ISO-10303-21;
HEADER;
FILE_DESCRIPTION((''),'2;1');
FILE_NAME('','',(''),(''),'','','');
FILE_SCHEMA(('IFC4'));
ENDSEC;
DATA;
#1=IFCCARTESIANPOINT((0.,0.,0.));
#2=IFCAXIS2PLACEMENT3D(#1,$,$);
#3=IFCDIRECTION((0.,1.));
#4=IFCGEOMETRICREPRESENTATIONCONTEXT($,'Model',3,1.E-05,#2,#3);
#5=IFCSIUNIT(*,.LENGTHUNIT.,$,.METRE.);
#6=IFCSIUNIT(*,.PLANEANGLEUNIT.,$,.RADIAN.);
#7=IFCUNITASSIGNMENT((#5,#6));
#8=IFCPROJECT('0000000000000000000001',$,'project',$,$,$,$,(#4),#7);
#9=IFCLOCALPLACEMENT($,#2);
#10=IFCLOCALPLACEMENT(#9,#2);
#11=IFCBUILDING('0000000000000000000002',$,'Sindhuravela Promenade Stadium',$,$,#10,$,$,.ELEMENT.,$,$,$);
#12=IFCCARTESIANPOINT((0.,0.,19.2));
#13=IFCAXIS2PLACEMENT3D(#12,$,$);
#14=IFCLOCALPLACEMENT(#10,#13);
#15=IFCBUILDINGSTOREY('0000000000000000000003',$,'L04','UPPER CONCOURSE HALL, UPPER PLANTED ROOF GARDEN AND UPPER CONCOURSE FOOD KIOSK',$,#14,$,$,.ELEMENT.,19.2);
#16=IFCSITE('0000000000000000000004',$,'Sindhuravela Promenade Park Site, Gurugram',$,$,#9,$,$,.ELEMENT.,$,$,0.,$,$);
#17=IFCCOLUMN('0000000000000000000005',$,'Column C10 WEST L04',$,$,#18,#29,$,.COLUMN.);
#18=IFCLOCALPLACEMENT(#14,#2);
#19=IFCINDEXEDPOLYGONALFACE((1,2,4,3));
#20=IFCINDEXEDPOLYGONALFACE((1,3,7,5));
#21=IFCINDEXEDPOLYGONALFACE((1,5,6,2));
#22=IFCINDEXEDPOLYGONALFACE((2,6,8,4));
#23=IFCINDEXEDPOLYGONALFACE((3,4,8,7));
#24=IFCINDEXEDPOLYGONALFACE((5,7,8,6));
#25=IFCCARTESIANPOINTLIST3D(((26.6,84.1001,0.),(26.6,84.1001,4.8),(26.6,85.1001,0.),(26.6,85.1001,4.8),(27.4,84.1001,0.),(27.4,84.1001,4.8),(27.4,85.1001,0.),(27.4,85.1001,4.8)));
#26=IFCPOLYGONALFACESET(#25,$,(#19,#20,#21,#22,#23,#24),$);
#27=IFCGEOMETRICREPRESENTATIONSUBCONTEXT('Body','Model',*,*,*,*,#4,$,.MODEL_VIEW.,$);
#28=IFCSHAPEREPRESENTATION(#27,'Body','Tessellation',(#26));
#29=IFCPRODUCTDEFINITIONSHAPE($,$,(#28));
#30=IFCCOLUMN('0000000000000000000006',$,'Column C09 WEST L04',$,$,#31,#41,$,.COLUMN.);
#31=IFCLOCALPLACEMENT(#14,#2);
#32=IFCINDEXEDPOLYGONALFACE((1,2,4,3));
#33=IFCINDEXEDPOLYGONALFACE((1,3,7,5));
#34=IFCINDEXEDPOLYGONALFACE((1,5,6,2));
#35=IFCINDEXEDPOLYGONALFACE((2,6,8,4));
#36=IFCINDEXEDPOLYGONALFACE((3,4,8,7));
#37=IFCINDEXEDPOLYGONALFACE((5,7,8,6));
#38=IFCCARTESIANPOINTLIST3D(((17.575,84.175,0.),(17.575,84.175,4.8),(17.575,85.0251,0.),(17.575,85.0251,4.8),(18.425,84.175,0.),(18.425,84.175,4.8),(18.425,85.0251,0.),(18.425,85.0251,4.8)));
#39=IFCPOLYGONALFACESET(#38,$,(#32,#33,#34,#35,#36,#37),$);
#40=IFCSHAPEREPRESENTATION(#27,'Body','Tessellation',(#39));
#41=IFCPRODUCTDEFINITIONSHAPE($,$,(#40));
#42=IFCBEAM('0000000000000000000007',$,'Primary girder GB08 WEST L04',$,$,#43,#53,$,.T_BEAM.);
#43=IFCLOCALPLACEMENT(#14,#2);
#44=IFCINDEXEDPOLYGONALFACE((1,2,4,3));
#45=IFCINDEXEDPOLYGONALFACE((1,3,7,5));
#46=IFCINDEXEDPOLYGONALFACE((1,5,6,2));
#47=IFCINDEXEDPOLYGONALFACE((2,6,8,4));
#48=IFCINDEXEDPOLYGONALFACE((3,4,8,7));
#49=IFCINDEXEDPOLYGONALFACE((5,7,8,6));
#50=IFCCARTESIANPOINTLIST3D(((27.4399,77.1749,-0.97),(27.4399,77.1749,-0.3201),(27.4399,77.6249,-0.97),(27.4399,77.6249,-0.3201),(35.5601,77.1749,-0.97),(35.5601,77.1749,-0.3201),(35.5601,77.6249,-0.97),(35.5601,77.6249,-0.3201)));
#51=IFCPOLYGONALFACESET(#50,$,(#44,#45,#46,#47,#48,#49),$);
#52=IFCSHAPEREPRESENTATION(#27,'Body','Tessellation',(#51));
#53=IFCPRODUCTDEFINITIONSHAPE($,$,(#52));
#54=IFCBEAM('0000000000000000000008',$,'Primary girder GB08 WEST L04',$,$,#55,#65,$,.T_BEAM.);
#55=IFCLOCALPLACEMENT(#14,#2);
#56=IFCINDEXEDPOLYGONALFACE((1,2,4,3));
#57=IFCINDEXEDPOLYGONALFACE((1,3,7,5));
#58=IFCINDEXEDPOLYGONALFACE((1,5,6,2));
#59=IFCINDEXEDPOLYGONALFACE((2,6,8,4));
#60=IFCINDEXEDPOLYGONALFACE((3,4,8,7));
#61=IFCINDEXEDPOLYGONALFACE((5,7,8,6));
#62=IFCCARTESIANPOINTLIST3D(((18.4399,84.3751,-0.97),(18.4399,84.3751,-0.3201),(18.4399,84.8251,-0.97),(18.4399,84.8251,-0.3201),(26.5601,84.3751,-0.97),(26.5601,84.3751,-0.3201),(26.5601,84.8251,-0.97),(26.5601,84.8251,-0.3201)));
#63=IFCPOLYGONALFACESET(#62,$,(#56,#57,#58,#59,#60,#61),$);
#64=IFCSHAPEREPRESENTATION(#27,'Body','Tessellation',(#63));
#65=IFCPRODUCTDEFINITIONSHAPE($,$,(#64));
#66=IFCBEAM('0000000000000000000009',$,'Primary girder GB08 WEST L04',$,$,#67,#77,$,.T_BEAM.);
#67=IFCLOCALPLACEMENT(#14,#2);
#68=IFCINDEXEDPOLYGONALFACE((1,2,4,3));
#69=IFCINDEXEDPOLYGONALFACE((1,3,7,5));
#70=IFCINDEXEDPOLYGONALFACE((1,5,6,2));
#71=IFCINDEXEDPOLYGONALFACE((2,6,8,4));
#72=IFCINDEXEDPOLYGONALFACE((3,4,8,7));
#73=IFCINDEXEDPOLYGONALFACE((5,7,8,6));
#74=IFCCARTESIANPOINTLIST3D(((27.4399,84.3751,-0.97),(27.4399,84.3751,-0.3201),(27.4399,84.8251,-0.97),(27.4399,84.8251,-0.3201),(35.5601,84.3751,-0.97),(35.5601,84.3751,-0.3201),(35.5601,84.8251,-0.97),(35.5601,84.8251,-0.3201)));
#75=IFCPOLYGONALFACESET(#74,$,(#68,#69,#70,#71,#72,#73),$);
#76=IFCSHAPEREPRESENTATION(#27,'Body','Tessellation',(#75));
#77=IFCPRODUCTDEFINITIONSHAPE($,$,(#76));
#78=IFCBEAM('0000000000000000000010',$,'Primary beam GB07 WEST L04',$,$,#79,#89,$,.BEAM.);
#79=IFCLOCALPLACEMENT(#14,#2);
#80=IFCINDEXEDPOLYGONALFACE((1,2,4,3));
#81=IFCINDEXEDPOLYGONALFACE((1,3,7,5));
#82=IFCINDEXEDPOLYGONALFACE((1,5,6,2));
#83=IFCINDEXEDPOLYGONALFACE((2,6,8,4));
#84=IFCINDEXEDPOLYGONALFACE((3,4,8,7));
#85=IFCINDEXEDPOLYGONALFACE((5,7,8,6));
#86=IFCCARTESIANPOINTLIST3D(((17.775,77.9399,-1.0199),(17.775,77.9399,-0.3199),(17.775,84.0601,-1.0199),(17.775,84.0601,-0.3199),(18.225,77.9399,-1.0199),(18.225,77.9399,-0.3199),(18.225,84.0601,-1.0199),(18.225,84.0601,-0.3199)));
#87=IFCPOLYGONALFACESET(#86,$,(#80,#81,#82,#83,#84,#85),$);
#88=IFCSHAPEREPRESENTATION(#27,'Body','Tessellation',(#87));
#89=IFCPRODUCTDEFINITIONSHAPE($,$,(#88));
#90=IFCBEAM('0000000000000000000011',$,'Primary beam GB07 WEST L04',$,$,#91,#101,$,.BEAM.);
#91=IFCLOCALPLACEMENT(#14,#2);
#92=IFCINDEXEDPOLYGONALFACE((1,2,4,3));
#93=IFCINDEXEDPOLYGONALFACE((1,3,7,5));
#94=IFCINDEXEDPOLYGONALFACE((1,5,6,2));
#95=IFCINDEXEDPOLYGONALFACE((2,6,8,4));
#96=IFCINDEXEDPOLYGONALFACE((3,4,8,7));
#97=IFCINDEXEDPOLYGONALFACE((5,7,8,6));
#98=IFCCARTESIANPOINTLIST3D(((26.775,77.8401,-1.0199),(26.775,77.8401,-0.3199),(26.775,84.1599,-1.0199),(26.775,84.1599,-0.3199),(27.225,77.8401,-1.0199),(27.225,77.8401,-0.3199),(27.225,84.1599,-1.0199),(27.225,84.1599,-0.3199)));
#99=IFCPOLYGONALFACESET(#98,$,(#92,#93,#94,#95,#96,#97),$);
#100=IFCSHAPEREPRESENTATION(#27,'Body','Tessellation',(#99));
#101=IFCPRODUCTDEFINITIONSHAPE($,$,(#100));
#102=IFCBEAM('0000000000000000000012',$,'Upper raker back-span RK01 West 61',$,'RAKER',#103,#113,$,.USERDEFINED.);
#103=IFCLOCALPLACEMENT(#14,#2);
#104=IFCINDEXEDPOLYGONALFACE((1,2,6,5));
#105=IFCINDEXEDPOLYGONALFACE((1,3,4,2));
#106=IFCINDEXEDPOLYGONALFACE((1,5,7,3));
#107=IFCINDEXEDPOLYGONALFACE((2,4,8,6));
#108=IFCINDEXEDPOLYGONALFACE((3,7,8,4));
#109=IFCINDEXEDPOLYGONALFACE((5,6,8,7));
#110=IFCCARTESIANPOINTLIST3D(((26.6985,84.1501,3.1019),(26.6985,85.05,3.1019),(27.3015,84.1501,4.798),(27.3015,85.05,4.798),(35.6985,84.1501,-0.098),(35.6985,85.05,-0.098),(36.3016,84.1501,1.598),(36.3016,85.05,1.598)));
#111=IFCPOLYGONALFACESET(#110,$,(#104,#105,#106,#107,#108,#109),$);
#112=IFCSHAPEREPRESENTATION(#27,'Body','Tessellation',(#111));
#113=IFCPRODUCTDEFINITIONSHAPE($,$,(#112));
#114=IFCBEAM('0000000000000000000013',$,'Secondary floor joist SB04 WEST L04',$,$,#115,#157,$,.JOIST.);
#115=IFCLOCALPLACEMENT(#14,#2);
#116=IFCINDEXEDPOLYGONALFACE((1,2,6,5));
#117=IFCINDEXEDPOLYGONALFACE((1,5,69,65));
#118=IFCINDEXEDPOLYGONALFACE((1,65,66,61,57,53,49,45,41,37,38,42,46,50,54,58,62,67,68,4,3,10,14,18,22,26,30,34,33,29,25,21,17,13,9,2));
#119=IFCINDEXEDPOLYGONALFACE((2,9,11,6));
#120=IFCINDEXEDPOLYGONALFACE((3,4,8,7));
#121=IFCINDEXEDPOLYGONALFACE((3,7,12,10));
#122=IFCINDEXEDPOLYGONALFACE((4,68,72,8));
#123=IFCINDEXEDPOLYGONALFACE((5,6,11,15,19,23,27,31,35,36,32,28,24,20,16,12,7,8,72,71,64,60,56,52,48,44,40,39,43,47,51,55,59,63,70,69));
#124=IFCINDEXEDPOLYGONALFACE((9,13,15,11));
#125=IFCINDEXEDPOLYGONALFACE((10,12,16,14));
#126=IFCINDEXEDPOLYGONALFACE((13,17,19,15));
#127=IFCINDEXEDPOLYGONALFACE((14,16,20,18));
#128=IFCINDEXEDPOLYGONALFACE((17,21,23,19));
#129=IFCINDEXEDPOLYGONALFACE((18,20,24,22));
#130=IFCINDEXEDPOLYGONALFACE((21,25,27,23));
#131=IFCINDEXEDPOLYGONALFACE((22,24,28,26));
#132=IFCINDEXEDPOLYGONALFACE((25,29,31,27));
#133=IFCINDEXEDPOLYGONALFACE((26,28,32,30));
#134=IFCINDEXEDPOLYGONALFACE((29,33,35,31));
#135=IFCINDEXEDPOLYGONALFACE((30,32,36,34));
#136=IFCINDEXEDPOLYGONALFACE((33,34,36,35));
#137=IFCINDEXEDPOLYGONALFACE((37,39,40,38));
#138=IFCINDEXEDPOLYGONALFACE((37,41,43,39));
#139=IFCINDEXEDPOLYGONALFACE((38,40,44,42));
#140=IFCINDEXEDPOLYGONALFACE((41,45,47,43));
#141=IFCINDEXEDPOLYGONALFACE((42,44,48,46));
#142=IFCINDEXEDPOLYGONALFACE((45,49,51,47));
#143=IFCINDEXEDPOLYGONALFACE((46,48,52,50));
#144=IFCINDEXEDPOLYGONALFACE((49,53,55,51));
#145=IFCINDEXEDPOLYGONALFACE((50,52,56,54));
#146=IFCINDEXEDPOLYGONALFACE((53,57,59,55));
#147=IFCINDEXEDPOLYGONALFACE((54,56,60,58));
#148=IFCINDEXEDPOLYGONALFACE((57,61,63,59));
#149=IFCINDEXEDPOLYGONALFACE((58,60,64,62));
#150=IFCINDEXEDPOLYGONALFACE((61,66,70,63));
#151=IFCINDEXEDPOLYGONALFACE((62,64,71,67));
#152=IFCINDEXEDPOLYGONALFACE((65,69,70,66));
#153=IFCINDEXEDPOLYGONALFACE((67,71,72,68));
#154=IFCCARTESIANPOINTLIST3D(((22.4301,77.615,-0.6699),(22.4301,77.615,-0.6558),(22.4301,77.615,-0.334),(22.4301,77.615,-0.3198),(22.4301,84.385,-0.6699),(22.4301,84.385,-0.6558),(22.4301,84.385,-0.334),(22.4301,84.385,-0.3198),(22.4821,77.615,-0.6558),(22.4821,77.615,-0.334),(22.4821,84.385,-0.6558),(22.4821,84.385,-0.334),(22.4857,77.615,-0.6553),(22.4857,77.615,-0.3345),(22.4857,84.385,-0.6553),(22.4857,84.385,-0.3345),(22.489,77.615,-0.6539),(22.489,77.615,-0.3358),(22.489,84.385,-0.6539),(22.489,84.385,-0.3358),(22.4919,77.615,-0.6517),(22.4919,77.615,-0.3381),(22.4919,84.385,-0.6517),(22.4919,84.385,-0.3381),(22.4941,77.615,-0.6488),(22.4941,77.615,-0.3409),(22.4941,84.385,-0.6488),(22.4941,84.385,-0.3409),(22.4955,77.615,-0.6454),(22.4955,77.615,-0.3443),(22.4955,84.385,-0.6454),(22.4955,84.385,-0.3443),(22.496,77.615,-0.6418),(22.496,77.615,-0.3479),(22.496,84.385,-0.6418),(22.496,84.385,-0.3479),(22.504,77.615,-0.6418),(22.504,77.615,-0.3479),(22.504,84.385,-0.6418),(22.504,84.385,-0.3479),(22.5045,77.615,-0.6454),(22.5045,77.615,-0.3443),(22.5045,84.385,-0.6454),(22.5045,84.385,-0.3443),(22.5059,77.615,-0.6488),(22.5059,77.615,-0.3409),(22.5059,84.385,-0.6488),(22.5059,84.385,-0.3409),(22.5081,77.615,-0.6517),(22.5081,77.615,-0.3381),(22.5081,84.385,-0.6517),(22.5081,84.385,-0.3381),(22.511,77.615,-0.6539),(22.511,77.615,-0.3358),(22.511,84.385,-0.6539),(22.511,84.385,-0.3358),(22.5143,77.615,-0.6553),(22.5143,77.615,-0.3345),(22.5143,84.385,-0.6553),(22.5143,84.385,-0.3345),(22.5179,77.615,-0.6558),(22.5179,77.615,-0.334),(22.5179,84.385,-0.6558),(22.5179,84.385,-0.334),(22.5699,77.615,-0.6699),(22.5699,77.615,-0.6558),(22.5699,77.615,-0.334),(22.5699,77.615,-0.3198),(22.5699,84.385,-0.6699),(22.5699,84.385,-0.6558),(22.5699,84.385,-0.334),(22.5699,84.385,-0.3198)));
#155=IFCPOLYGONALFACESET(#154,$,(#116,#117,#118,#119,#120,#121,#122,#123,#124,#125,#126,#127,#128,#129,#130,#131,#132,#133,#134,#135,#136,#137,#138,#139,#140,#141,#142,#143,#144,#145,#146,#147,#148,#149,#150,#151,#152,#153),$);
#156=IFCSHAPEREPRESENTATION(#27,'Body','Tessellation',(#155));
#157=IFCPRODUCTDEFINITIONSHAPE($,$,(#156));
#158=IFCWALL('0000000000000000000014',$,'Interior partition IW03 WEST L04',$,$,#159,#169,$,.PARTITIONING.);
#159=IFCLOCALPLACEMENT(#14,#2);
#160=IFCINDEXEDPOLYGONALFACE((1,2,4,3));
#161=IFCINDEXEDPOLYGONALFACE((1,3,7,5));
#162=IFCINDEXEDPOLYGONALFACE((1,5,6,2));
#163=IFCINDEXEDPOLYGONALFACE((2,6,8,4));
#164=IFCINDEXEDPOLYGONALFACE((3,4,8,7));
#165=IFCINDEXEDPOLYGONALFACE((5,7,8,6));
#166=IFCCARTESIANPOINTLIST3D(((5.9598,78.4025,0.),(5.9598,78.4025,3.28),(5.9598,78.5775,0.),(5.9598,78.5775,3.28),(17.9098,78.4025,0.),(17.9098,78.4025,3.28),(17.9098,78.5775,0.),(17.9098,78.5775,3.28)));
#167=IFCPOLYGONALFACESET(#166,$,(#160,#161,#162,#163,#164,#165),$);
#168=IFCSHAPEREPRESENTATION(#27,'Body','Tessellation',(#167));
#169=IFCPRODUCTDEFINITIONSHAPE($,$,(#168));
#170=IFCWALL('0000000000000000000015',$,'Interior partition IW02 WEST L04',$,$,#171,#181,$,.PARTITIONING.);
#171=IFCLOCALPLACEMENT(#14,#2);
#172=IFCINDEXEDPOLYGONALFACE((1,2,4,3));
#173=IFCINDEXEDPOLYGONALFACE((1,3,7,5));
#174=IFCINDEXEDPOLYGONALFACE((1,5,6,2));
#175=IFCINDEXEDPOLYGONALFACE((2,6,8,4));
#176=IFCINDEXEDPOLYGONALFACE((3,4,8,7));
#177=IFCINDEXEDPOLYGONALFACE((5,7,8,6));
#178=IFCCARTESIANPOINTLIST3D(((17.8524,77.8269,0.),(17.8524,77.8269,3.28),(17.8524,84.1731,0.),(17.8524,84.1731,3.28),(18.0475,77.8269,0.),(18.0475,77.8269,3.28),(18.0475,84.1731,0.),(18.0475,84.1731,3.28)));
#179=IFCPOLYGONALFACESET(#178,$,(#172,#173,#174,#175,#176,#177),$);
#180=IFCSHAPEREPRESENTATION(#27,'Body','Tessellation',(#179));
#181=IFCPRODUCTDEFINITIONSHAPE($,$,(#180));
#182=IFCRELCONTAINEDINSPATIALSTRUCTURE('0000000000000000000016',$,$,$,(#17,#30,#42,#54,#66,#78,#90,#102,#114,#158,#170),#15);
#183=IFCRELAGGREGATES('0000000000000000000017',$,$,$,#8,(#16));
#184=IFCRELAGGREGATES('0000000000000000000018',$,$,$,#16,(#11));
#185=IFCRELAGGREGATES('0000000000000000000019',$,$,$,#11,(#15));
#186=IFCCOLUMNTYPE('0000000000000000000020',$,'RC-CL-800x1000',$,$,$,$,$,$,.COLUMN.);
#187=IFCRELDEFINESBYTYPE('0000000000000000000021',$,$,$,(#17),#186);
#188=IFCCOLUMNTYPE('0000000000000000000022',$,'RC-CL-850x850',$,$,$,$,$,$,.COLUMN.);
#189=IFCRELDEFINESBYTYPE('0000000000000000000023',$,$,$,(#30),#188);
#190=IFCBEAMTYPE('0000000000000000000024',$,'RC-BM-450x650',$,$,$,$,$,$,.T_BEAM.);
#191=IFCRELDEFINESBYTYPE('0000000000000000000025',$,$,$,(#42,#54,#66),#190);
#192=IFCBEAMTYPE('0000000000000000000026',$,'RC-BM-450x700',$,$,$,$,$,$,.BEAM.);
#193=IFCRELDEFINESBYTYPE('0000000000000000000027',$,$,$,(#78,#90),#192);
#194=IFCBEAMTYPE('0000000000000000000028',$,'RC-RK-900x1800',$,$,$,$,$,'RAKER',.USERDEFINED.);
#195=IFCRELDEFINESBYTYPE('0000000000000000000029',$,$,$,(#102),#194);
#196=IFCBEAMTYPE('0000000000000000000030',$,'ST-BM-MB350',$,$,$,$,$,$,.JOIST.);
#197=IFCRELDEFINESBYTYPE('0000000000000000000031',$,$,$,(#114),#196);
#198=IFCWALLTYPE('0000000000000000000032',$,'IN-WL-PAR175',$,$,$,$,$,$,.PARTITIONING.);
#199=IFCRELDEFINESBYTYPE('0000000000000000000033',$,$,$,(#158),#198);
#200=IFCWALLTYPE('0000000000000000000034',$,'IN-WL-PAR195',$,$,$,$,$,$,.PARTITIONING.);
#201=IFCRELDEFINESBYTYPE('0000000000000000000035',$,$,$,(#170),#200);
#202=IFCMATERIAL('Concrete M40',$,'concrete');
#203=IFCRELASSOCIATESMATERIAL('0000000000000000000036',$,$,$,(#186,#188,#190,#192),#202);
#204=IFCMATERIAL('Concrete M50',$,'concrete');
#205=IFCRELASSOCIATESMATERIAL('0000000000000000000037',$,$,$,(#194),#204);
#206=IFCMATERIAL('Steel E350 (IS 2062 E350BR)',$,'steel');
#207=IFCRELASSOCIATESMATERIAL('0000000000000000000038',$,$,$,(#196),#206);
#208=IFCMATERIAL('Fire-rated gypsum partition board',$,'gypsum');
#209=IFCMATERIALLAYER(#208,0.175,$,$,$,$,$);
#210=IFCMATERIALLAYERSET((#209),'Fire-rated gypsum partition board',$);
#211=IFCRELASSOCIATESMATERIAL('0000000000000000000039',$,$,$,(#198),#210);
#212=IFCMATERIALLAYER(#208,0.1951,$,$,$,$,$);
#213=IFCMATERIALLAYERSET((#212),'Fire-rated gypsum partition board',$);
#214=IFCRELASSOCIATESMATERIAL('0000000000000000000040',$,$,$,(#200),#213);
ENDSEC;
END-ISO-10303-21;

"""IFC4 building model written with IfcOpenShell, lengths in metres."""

from ifc_helpers import new_model, si_unit, direction, frame, frame_2d, origin, origin_2d, place, context, subcontext, project, spatial, rectangle, i_section, extrude, material, layer, layer_set, material_profile, profile_set, type_object, element, save


model = new_model("IFC4")

# Units and contexts
model_context = context("Model", 3, precision=1e-05, world=origin(), true_north=direction((0.0, 1.0)))
body_context = subcontext(model_context, "Body", "Model", "MODEL_VIEW")
ifc_project = project(units=[si_unit("LENGTHUNIT", "METRE"), si_unit("PLANEANGLEUNIT", "RADIAN")], contexts=[model_context])

# Site, building, storey
site_placement = place(None, origin())
site = spatial("IfcSite", under=ifc_project, at=site_placement, Name="Sindhuravela Promenade Park Site, Gurugram", CompositionType="ELEMENT", RefElevation=0.0)
building_placement = place(site_placement, origin())
building = spatial("IfcBuilding", under=site, at=building_placement, Name="Sindhuravela Promenade Stadium", CompositionType="ELEMENT")
storey_placement = place(building_placement, frame((0.0, 0.0, 19.2)))
storey = spatial("IfcBuildingStorey", under=building, at=storey_placement, Name="L04", Description="UPPER CONCOURSE HALL, UPPER PLANTED ROOF GARDEN AND UPPER CONCOURSE FOOD KIOSK", CompositionType="ELEMENT", Elevation=19.2)

# Columns
ifc_material_1 = material(Name="Concrete M40", Category="concrete")
ifc_material_profile_1 = material_profile(ifc_material_1, rectangle(XDim=0.8, YDim=1.0, at=origin_2d()), Name="RC 800x1000")
ifc_profile_set_1 = profile_set([ifc_material_profile_1], Name="Concrete M40")
column_type_1 = type_object("IfcColumnType", Name="RC-CL-800x1000", PredefinedType="COLUMN", material=ifc_profile_set_1)
column_1_placement = place(storey_placement, frame((27.0, 84.6001, 0.0), z_axis=(0.0, 0.0, 1.0), x_axis=(1.0, 0.0, 0.0)))
element("IfcColumn", 1, at=column_1_placement, inside=storey, type_object=column_type_1, Name="Column C10 WEST L04", PredefinedType="COLUMN", context=body_context, shape_type="SweptSolid", body=[
    extrude(rectangle(XDim=0.8, YDim=1.0, at=origin_2d()), origin(), (0.0, 0.0, 1.0), 4.8),
])
ifc_material_profile_2 = material_profile(ifc_material_1, rectangle(XDim=0.8501, YDim=0.8501, at=origin_2d()), Name="RC 850x850")
ifc_profile_set_2 = profile_set([ifc_material_profile_2], Name="Concrete M40")
column_type_2 = type_object("IfcColumnType", Name="RC-CL-850x850", PredefinedType="COLUMN", material=ifc_profile_set_2)
column_2_placement = place(storey_placement, frame((18.0, 84.6001, 0.0), z_axis=(0.0, 0.0, 1.0), x_axis=(1.0, 0.0, 0.0)))
element("IfcColumn", 2, at=column_2_placement, inside=storey, type_object=column_type_2, Name="Column C09 WEST L04", PredefinedType="COLUMN", context=body_context, shape_type="SweptSolid", body=[
    extrude(rectangle(XDim=0.8501, YDim=0.8501, at=origin_2d()), origin(), (0.0, 0.0, 1.0), 4.8),
])

# Beams
ifc_material_profile_3 = material_profile(ifc_material_1, rectangle(XDim=0.45, YDim=0.6499, at=origin_2d()), Name="RC 450x650")
ifc_profile_set_3 = profile_set([ifc_material_profile_3], Name="Concrete M40")
beam_type_1 = type_object("IfcBeamType", Name="RC-BM-450x650", PredefinedType="T_BEAM", material=ifc_profile_set_3)
for number, where, z_axis, x_axis, name in (
    (3, (27.4399, 77.3999, -0.645), (1.0, 0.0, 0.0), (0.0, 1.0, 0.0), "Primary girder GB08 WEST L04"),
    (4, (18.4399, 84.6001, -0.645), (1.0, 0.0, 0.0), (0.0, 1.0, 0.0), "Primary girder GB08 WEST L04"),
    (5, (27.4399, 84.6001, -0.645), (1.0, 0.0, 0.0), (0.0, 1.0, 0.0), "Primary girder GB08 WEST L04"),
):
    element("IfcBeam", number, at=place(storey_placement, frame(where, z_axis=z_axis, x_axis=x_axis)), inside=storey, type_object=beam_type_1, Name=name, PredefinedType="T_BEAM", context=body_context, shape_type="SweptSolid", body=[
        extrude(rectangle(XDim=0.45, YDim=0.6499, at=origin_2d()), origin(), (0.0, 0.0, 1.0), 8.1201),
    ])
ifc_material_profile_4 = material_profile(ifc_material_1, rectangle(XDim=0.45, YDim=0.7, at=origin_2d()), Name="RC 450x700")
ifc_profile_set_4 = profile_set([ifc_material_profile_4], Name="Concrete M40")
beam_type_2 = type_object("IfcBeamType", Name="RC-BM-450x700", PredefinedType="BEAM", material=ifc_profile_set_4)
beam_1_placement = place(storey_placement, frame((18.0, 77.9399, -0.6699), z_axis=(0.0, 1.0, 0.0), x_axis=(-1.0, 0.0, 0.0)))
element("IfcBeam", 6, at=beam_1_placement, inside=storey, type_object=beam_type_2, Name="Primary beam GB07 WEST L04", PredefinedType="BEAM", context=body_context, shape_type="SweptSolid", body=[
    extrude(rectangle(XDim=0.45, YDim=0.7, at=origin_2d()), origin(), (0.0, 0.0, 1.0), 6.1201),
])
beam_2_placement = place(storey_placement, frame((27.0, 77.8401, -0.6699), z_axis=(0.0, 1.0, 0.0), x_axis=(-1.0, 0.0, 0.0)))
element("IfcBeam", 7, at=beam_2_placement, inside=storey, type_object=beam_type_2, Name="Primary beam GB07 WEST L04", PredefinedType="BEAM", context=body_context, shape_type="SweptSolid", body=[
    extrude(rectangle(XDim=0.45, YDim=0.7, at=origin_2d()), origin(), (0.0, 0.0, 1.0), 6.3198),
])
ifc_material_2 = material(Name="Concrete M50", Category="concrete")
ifc_material_profile_5 = material_profile(ifc_material_2, rectangle(XDim=0.8999, YDim=1.8, at=origin_2d()), Name="RC 900x1800")
ifc_profile_set_5 = profile_set([ifc_material_profile_5], Name="Concrete M50")
beam_type_3 = type_object("IfcBeamType", Name="RC-RK-900x1800", ElementType="RAKER", PredefinedType="USERDEFINED", material=ifc_profile_set_5)
beam_3_placement = place(storey_placement, frame((27.0, 84.6001, 3.95), z_axis=(0.942216, 0.0, -0.335005), x_axis=(0.0, 1.0, 0.0)))
element("IfcBeam", 8, at=beam_3_placement, inside=storey, type_object=beam_type_3, Name="Upper raker back-span RK01 West 61", ObjectType="RAKER", PredefinedType="USERDEFINED", context=body_context, shape_type="SweptSolid", body=[
    extrude(rectangle(XDim=0.8999, YDim=1.8, at=origin_2d()), origin(), (0.0, 0.0, 1.0), 9.552),
])
ifc_material_3 = material(Name="Steel E350 (IS 2062 E350BR)", Category="steel")
ifc_material_profile_6 = material_profile(ifc_material_3, i_section(OverallWidth=0.1399, OverallDepth=0.3501, WebThickness=0.0081, FlangeThickness=0.0142, FilletRadius=0.0139, at=origin_2d()), Name="ISMB 350")
ifc_profile_set_6 = profile_set([ifc_material_profile_6], Name="Steel E350 (IS 2062 E350BR)")
beam_type_4 = type_object("IfcBeamType", Name="ST-BM-MB350", PredefinedType="JOIST", material=ifc_profile_set_6)
beam_4_placement = place(storey_placement, frame((22.5, 77.615, -0.4949), z_axis=(0.0, 1.0, 0.0), x_axis=(-1.0, 0.0, 0.0)))
element("IfcBeam", 9, at=beam_4_placement, inside=storey, type_object=beam_type_4, Name="Secondary floor joist SB04 WEST L04", PredefinedType="JOIST", context=body_context, shape_type="SweptSolid", body=[
    extrude(i_section(OverallWidth=0.1399, OverallDepth=0.3501, WebThickness=0.0081, FlangeThickness=0.0142, FilletRadius=0.0139, at=origin_2d()), origin(), (0.0, 0.0, 1.0), 6.77),
])

# Walls
ifc_material_4 = material(Name="Fire-rated gypsum partition board", Category="gypsum")
ifc_layer_1 = layer(ifc_material_4, 0.175)
ifc_layer_set_1 = layer_set([ifc_layer_1], Name="Fire-rated gypsum partition board")
wall_type_1 = type_object("IfcWallType", Name="IN-WL-PAR175", PredefinedType="PARTITIONING", material=ifc_layer_set_1)
wall_1_placement = place(storey_placement, frame((17.9099, 78.49, 0.0), z_axis=(0.0, 0.0, 1.0), x_axis=(-1.0, 0.0, 0.0)))
element("IfcWall", 10, at=wall_1_placement, inside=storey, type_object=wall_type_1, Name="Interior partition IW03 WEST L04", PredefinedType="PARTITIONING", context=body_context, shape_type="SweptSolid", body=[
    extrude(rectangle(XDim=11.95, YDim=0.175, at=frame_2d((5.9751, 0.0))), origin(), (0.0, 0.0, 1.0), 3.28),
])
ifc_layer_2 = layer(ifc_material_4, 0.1951)
ifc_layer_set_2 = layer_set([ifc_layer_2], Name="Fire-rated gypsum partition board")
wall_type_2 = type_object("IfcWallType", Name="IN-WL-PAR195", PredefinedType="PARTITIONING", material=ifc_layer_set_2)
wall_2_placement = place(storey_placement, frame((17.95, 84.1731, 0.0), z_axis=(0.0, 0.0, 1.0), x_axis=(0.0, -1.0, 0.0)))
element("IfcWall", 11, at=wall_2_placement, inside=storey, type_object=wall_type_2, Name="Interior partition IW02 WEST L04", PredefinedType="PARTITIONING", context=body_context, shape_type="SweptSolid", body=[
    extrude(rectangle(XDim=6.3462, YDim=0.1951, at=frame_2d((3.1731, 0.0))), origin(), (0.0, 0.0, 1.0), 3.28),
])

save(model, "model.ifc")
